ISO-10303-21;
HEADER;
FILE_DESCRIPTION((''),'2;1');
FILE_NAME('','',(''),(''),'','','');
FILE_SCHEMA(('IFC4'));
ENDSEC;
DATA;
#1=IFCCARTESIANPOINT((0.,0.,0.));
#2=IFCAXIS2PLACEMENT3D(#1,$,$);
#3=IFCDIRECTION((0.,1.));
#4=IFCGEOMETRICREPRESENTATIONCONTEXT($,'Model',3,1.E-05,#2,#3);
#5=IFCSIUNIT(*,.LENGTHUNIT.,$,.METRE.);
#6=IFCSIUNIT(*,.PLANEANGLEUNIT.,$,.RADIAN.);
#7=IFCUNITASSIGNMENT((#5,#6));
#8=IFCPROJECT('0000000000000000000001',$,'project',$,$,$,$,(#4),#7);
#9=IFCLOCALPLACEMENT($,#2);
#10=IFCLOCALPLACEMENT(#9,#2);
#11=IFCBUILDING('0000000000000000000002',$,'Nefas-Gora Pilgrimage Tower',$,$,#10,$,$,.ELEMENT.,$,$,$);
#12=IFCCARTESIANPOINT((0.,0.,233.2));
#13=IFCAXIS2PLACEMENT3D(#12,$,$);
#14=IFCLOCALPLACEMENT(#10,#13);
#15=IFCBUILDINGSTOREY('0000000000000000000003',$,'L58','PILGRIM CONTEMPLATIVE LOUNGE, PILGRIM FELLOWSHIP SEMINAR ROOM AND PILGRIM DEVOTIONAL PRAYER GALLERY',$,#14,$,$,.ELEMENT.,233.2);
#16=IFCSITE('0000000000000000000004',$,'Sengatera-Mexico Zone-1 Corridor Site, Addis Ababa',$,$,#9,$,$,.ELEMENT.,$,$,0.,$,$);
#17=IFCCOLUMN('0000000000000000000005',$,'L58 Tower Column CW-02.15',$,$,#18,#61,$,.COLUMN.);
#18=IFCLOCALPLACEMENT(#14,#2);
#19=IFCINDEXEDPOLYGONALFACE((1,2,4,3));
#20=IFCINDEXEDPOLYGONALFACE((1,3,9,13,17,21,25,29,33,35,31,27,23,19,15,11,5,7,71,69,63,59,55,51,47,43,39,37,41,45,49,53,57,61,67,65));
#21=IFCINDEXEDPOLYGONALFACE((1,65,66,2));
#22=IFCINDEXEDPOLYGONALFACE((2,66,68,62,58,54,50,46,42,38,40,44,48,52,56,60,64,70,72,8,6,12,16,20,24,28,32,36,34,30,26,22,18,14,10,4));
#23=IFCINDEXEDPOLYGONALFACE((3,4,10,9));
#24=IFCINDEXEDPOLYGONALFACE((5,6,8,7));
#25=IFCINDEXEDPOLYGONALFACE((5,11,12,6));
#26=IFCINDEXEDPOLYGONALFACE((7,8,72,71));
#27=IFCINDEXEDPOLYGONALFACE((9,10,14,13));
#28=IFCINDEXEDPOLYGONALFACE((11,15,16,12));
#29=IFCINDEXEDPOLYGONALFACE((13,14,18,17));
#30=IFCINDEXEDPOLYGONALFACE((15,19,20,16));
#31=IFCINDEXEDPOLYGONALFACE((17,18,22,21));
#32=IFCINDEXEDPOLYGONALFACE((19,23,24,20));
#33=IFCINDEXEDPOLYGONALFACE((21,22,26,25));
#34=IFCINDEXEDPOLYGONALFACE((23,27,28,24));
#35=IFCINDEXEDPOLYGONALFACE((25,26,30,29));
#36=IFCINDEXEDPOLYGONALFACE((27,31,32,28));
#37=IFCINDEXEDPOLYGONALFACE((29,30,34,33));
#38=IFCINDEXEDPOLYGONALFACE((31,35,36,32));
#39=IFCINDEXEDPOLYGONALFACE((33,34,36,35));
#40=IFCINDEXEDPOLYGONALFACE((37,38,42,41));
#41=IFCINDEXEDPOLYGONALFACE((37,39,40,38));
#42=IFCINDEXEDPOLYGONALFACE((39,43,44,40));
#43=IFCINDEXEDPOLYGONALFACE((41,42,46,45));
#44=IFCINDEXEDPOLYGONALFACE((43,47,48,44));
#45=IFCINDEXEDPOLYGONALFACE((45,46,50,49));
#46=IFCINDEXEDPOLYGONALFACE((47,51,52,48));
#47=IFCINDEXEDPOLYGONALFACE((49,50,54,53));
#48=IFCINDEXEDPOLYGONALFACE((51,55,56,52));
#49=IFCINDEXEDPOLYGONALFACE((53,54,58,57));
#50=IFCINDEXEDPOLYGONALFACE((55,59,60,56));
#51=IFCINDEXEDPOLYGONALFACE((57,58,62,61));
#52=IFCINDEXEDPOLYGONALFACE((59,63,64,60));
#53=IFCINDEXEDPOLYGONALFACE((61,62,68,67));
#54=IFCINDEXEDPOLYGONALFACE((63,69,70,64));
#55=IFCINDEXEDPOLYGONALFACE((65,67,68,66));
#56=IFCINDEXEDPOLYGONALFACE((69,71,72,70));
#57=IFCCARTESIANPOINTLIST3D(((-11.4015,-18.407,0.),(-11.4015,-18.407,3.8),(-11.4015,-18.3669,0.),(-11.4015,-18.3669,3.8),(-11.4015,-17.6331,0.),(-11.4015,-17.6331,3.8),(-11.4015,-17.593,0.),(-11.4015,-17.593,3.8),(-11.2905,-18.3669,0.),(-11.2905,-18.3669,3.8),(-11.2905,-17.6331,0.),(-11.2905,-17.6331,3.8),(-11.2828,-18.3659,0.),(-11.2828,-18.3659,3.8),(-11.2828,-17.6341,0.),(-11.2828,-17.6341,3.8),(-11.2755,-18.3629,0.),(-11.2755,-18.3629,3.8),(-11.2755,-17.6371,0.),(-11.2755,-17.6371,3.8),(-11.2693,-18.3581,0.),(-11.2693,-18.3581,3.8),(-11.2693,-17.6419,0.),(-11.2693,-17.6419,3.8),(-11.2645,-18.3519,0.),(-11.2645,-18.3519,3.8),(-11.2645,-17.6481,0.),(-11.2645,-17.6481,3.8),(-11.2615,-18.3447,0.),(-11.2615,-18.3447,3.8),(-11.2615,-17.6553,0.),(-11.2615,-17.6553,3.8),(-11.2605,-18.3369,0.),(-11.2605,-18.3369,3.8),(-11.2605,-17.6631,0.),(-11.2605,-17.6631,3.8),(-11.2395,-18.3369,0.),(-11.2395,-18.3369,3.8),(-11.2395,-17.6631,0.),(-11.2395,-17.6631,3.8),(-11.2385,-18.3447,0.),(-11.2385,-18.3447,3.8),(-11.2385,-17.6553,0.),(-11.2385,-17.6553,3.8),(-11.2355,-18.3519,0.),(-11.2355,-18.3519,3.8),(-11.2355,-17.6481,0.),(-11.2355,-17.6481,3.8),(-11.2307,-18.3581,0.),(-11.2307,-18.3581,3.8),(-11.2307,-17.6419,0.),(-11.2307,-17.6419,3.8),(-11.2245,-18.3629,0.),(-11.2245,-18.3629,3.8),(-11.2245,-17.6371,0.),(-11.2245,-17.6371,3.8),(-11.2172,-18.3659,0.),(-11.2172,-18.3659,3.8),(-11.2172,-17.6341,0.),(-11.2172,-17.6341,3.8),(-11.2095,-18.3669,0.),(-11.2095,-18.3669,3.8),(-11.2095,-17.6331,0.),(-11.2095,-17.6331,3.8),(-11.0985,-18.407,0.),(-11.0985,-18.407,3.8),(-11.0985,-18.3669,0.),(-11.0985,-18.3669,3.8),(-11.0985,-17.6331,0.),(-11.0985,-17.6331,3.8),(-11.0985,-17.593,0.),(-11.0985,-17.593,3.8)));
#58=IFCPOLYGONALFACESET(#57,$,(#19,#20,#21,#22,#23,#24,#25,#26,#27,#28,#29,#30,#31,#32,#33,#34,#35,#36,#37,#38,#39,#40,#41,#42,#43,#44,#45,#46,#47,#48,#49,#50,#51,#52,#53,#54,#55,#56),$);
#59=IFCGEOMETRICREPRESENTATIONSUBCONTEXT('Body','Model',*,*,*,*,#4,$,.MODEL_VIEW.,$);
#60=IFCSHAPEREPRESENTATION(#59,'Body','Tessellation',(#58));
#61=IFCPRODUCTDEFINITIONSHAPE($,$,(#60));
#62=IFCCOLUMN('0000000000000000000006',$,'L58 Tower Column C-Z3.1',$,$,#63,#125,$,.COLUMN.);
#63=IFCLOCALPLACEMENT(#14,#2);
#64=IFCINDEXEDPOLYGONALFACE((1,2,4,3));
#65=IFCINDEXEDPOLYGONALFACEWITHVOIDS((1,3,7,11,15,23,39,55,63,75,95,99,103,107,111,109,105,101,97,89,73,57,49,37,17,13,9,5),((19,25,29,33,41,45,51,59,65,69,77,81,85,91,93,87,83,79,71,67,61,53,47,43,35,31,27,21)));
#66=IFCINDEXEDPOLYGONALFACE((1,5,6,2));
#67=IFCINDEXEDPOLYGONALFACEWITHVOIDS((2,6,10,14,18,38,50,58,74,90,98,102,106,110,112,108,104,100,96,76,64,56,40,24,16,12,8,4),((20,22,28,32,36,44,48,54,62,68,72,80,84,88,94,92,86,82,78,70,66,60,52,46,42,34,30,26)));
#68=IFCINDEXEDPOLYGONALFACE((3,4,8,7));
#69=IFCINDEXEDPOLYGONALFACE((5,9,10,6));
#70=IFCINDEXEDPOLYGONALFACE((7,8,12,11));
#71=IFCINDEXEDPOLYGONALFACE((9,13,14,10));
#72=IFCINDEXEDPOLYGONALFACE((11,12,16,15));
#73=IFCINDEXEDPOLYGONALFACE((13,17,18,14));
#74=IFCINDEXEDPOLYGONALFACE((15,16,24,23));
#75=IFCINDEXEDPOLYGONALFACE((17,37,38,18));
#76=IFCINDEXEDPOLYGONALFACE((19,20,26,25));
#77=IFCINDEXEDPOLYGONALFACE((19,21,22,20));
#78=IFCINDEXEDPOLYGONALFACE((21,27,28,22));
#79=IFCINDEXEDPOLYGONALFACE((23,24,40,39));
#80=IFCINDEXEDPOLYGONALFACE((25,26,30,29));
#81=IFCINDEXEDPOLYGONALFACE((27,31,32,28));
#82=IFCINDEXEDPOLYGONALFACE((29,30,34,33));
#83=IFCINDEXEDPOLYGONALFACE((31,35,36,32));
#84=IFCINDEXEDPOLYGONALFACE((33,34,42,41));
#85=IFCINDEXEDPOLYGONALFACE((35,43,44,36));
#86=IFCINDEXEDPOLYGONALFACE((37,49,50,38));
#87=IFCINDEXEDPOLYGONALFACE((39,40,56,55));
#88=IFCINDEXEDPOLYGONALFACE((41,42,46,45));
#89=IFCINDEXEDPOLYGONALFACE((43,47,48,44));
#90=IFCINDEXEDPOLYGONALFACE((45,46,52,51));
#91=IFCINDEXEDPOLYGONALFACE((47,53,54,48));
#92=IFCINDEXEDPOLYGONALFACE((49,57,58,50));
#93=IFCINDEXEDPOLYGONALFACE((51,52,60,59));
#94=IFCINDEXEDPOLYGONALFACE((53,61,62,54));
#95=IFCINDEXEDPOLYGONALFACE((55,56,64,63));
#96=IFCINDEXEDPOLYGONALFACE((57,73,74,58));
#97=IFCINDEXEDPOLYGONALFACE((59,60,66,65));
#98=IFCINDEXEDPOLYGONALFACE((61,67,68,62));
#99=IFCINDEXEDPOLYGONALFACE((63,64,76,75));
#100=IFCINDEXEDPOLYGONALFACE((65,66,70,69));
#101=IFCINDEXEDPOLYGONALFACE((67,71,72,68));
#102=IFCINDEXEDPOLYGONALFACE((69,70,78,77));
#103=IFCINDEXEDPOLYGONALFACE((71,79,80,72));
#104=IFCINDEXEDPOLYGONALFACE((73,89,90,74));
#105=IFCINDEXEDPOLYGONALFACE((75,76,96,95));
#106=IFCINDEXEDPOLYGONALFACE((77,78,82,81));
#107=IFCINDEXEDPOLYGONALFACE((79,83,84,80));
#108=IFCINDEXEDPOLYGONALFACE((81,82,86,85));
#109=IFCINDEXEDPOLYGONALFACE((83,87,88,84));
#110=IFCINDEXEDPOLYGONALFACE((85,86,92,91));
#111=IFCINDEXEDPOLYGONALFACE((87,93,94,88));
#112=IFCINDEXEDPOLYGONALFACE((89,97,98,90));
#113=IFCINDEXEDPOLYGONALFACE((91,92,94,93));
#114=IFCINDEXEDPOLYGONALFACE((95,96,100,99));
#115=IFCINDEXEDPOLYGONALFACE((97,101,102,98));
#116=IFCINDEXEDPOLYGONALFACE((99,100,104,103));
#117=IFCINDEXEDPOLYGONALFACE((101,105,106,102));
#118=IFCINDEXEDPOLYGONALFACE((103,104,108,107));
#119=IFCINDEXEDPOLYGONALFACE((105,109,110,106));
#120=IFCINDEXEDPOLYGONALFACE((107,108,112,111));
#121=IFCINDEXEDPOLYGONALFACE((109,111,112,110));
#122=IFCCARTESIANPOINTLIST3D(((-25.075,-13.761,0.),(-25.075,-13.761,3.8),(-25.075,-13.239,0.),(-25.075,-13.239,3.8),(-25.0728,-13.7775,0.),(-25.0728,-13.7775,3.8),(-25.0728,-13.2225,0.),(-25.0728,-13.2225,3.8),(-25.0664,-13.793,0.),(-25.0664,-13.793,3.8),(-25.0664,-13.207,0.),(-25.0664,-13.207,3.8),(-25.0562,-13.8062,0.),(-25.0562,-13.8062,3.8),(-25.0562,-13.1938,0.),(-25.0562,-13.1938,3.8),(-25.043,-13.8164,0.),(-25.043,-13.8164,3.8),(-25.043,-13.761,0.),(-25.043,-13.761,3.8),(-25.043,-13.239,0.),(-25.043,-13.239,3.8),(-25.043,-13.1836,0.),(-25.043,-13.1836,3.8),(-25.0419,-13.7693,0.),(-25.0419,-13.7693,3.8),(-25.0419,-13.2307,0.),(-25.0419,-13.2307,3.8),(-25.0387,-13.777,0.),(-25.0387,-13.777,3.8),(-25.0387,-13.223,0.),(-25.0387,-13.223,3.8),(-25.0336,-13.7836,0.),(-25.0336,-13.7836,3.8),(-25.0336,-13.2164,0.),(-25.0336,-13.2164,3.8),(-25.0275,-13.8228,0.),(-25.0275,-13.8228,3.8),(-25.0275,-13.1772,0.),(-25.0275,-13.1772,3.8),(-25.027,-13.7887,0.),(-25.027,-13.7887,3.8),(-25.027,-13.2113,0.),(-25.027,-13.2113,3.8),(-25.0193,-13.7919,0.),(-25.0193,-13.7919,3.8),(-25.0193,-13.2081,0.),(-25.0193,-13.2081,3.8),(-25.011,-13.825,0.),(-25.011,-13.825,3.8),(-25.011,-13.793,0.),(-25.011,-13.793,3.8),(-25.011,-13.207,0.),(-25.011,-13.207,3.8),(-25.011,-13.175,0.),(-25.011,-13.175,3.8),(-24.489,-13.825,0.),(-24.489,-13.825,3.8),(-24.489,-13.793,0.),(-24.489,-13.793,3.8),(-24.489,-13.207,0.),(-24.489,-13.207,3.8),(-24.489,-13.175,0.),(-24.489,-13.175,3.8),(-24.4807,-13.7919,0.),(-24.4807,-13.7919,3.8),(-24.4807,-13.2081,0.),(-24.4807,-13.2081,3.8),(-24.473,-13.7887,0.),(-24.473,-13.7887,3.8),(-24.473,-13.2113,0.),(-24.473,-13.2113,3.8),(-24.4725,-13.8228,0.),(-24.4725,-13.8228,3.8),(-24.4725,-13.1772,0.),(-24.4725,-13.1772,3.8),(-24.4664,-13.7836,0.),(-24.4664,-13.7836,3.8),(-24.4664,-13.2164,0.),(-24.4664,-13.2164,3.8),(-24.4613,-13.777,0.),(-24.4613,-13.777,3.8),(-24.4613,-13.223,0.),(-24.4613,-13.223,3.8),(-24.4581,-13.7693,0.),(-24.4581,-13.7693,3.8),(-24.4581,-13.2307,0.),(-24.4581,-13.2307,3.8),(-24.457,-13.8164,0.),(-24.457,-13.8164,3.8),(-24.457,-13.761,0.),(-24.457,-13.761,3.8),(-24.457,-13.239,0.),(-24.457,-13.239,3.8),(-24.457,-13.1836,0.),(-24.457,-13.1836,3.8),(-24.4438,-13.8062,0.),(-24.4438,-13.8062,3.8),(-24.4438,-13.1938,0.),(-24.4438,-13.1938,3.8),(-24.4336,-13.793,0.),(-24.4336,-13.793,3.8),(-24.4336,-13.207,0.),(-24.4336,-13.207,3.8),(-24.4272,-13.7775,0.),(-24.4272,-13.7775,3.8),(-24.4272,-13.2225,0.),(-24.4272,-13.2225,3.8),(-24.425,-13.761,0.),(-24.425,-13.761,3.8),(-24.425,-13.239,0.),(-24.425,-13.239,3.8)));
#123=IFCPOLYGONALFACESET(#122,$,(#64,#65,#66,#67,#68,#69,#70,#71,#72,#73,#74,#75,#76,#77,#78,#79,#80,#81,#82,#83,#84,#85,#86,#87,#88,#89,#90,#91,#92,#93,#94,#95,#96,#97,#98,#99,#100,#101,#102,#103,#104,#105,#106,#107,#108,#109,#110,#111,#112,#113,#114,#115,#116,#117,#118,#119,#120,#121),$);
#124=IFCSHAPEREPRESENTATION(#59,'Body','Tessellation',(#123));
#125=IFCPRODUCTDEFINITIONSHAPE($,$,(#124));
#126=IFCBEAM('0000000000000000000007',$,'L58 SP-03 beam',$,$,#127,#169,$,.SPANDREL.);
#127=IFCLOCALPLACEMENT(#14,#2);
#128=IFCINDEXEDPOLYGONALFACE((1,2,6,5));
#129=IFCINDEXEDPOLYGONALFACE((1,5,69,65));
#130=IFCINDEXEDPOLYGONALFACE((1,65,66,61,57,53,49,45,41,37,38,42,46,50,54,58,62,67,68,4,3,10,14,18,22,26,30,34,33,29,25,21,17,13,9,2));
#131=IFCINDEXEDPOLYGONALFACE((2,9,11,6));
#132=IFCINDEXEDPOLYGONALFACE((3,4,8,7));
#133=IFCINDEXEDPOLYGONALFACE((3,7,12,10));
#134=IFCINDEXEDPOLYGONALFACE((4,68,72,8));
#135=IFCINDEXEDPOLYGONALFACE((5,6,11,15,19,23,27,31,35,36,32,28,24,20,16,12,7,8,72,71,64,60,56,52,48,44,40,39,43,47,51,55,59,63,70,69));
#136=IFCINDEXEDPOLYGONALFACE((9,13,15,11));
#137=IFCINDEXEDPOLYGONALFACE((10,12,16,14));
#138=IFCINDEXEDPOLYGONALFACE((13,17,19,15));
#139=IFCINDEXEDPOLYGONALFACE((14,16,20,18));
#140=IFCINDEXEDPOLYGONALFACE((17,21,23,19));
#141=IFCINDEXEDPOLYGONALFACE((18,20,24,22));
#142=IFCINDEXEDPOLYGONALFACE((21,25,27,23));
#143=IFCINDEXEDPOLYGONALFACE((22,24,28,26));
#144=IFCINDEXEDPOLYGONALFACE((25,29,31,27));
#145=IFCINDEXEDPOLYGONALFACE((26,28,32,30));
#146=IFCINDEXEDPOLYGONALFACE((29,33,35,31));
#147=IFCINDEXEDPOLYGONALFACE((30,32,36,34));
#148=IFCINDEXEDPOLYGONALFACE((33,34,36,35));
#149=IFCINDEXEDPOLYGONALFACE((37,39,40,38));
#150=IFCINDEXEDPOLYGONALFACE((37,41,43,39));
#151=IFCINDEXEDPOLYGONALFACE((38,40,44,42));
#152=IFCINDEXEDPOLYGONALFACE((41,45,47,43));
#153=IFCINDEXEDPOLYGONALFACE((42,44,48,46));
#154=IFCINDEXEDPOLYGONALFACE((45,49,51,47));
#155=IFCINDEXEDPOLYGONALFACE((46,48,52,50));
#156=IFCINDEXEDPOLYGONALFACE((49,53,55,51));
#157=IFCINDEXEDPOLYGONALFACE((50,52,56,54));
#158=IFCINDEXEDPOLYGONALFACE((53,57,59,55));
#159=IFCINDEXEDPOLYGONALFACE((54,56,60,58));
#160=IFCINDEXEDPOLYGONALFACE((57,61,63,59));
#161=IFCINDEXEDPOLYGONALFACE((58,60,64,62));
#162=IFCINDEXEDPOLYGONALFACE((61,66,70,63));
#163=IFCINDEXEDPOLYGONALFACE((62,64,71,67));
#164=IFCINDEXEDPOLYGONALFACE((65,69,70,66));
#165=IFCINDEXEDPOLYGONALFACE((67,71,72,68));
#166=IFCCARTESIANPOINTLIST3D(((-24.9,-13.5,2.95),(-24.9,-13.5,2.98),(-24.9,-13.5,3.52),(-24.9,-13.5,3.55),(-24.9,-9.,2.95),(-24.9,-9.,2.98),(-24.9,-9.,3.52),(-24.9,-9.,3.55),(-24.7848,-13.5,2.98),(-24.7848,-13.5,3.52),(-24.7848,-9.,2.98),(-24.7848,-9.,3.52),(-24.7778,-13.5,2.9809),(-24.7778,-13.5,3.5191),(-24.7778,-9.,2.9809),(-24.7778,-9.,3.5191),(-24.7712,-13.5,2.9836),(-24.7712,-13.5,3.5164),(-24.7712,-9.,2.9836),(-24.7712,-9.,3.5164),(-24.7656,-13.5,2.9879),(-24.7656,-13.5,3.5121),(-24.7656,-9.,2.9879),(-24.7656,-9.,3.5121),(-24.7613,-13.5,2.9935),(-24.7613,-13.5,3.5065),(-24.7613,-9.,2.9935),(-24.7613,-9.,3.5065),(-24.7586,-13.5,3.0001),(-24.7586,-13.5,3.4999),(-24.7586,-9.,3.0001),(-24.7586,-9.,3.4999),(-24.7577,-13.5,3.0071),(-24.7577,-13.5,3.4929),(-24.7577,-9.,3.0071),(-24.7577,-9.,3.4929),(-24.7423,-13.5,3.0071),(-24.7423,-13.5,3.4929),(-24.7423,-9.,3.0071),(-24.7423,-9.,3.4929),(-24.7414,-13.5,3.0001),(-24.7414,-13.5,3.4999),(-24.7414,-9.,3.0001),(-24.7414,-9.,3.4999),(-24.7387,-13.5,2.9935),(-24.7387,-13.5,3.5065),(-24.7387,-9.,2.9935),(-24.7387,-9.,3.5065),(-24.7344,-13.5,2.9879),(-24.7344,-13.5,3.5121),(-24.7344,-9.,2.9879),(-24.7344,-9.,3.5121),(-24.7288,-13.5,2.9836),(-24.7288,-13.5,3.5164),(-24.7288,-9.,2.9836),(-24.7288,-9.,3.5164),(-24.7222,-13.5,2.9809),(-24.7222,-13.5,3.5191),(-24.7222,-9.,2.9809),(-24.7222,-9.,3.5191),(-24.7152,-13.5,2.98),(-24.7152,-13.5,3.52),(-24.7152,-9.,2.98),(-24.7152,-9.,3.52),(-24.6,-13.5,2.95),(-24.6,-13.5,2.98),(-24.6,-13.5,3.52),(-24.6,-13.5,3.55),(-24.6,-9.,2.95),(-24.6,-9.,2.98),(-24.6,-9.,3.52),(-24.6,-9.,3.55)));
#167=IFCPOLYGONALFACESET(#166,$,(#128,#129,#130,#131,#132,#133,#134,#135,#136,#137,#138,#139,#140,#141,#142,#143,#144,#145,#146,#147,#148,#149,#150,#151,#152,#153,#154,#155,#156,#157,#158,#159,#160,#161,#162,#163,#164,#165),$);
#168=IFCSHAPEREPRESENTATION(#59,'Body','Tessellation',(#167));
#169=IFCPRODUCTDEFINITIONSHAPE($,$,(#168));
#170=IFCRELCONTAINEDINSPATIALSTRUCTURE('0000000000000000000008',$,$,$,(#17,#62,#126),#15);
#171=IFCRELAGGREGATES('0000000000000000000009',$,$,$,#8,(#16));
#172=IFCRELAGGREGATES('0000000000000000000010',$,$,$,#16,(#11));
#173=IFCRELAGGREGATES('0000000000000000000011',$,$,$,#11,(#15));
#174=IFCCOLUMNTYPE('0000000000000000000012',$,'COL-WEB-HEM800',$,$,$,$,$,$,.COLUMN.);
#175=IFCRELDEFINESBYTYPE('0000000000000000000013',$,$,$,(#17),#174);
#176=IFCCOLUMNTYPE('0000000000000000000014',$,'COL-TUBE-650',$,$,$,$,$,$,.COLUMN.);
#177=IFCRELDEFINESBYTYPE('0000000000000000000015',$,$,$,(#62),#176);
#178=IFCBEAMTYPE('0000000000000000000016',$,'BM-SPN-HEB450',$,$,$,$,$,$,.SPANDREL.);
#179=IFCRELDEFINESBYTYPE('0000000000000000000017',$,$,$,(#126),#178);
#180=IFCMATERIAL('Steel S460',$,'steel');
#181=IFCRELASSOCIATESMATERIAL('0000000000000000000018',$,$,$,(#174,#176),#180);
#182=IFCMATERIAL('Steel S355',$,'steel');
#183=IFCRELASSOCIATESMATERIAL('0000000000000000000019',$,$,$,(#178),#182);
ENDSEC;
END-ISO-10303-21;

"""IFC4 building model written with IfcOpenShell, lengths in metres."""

from ifc_helpers import new_model, si_unit, direction, frame, origin, origin_2d, place, context, subcontext, project, spatial, hollow_rectangle, i_section, extrude, source, transform, mapped, material, material_profile, profile_set, type_object, element, save


model = new_model("IFC4")

# Units and contexts
model_context = context("Model", 3, precision=1e-05, world=origin(), true_north=direction((0.0, 1.0)))
body_context = subcontext(model_context, "Body", "Model", "MODEL_VIEW")
ifc_project = project(units=[si_unit("LENGTHUNIT", "METRE"), si_unit("PLANEANGLEUNIT", "RADIAN")], contexts=[model_context])

# Site, building, storey
site_placement = place(None, origin())
site = spatial("IfcSite", under=ifc_project, at=site_placement, Name="Sengatera-Mexico Zone-1 Corridor Site, Addis Ababa", CompositionType="ELEMENT", RefElevation=0.0)
building_placement = place(site_placement, origin())
building = spatial("IfcBuilding", under=site, at=building_placement, Name="Nefas-Gora Pilgrimage Tower", CompositionType="ELEMENT")
storey_placement = place(building_placement, frame((0.0, 0.0, 233.2)))
storey = spatial("IfcBuildingStorey", under=building, at=storey_placement, Name="L58", Description="PILGRIM CONTEMPLATIVE LOUNGE, PILGRIM FELLOWSHIP SEMINAR ROOM AND PILGRIM DEVOTIONAL PRAYER GALLERY", CompositionType="ELEMENT", Elevation=233.2)

# Columns
ifc_material_1 = material(Name="Steel S460", Category="steel")
ifc_material_profile_1 = material_profile(ifc_material_1, i_section(OverallWidth=0.303, OverallDepth=0.814, WebThickness=0.021, FlangeThickness=0.04, FilletRadius=0.03, at=origin_2d()), Name="HEM 800")
ifc_profile_set_1 = profile_set([ifc_material_profile_1], Name="Steel S460")
column_type_1 = type_object("IfcColumnType", Name="COL-WEB-HEM800", PredefinedType="COLUMN", material=ifc_profile_set_1)
shared_shape_1 = source(origin(), body_context, "Body", "SweptSolid", [
    extrude(i_section(OverallWidth=0.303, OverallDepth=0.814, WebThickness=0.021, FlangeThickness=0.04, FilletRadius=0.03, at=origin_2d()), origin(), (0.0, 0.0, 1.0), 3.8),
])
column_1_placement = place(storey_placement, frame((-11.25, -18.0, 0.0), z_axis=(0.0, 0.0, 1.0), x_axis=(1.0, 0.0, 0.0)))
element("IfcColumn", 1, at=column_1_placement, inside=storey, type_object=column_type_1, Name="L58 Tower Column CW-02.15", PredefinedType="COLUMN", context=body_context, shape_type="MappedRepresentation", body=[
    mapped(shared_shape_1, transform((0.0, 0.0, 0.0), x_axis=(1.0, 0.0, 0.0), y_axis=(0.0, 1.0, 0.0), z_axis=(0.0, 0.0, 1.0), scale=1.0)),
])
ifc_material_profile_2 = material_profile(ifc_material_1, hollow_rectangle(XDim=0.6499, YDim=0.6499, WallThickness=0.032, InnerFilletRadius=0.032, OuterFilletRadius=0.064, at=origin_2d()), Name="BOX 650x650x32")
ifc_profile_set_2 = profile_set([ifc_material_profile_2], Name="Steel S460")
column_type_2 = type_object("IfcColumnType", Name="COL-TUBE-650", PredefinedType="COLUMN", material=ifc_profile_set_2)
shared_shape_2 = source(origin(), body_context, "Body", "SweptSolid", [
    extrude(hollow_rectangle(XDim=0.6499, YDim=0.6499, WallThickness=0.032, InnerFilletRadius=0.032, OuterFilletRadius=0.064, at=origin_2d()), origin(), (0.0, 0.0, 1.0), 3.8),
])
column_2_placement = place(storey_placement, frame((-24.75, -13.5, 0.0), z_axis=(0.0, 0.0, 1.0), x_axis=(1.0, 0.0, 0.0)))
element("IfcColumn", 2, at=column_2_placement, inside=storey, type_object=column_type_2, Name="L58 Tower Column C-Z3.1", PredefinedType="COLUMN", context=body_context, shape_type="MappedRepresentation", body=[
    mapped(shared_shape_2, transform((0.0, 0.0, 0.0), x_axis=(1.0, 0.0, 0.0), y_axis=(0.0, 1.0, 0.0), z_axis=(0.0, 0.0, 1.0), scale=1.0)),
])

# Beam
ifc_material_2 = material(Name="Steel S355", Category="steel")
ifc_material_profile_3 = material_profile(ifc_material_2, i_section(OverallWidth=0.3, OverallDepth=0.6001, WebThickness=0.0154, FlangeThickness=0.03, FilletRadius=0.0271, at=origin_2d()), Name="HEB 600")
ifc_profile_set_3 = profile_set([ifc_material_profile_3], Name="Steel S355")
beam_type_1 = type_object("IfcBeamType", Name="BM-SPN-HEB450", PredefinedType="SPANDREL", material=ifc_profile_set_3)
shared_shape_3 = source(origin(), body_context, "Body", "SweptSolid", [
    extrude(i_section(OverallWidth=0.3, OverallDepth=0.6001, WebThickness=0.0154, FlangeThickness=0.03, FilletRadius=0.0271, at=origin_2d()), origin(), (0.0, 0.0, 1.0), 4.5),
])
beam_1_placement = place(storey_placement, frame((-24.75, -13.5, 3.25), z_axis=(0.0, 1.0, 0.0), x_axis=(-1.0, 0.0, 0.0)))
element("IfcBeam", 3, at=beam_1_placement, inside=storey, type_object=beam_type_1, Name="L58 SP-03 beam", PredefinedType="SPANDREL", context=body_context, shape_type="MappedRepresentation", body=[
    mapped(shared_shape_3, transform((0.0, 0.0, 0.0), x_axis=(1.0, 0.0, 0.0), y_axis=(0.0, 1.0, 0.0), z_axis=(0.0, 0.0, 1.0), scale=1.0)),
])

save(model, "model.ifc")
